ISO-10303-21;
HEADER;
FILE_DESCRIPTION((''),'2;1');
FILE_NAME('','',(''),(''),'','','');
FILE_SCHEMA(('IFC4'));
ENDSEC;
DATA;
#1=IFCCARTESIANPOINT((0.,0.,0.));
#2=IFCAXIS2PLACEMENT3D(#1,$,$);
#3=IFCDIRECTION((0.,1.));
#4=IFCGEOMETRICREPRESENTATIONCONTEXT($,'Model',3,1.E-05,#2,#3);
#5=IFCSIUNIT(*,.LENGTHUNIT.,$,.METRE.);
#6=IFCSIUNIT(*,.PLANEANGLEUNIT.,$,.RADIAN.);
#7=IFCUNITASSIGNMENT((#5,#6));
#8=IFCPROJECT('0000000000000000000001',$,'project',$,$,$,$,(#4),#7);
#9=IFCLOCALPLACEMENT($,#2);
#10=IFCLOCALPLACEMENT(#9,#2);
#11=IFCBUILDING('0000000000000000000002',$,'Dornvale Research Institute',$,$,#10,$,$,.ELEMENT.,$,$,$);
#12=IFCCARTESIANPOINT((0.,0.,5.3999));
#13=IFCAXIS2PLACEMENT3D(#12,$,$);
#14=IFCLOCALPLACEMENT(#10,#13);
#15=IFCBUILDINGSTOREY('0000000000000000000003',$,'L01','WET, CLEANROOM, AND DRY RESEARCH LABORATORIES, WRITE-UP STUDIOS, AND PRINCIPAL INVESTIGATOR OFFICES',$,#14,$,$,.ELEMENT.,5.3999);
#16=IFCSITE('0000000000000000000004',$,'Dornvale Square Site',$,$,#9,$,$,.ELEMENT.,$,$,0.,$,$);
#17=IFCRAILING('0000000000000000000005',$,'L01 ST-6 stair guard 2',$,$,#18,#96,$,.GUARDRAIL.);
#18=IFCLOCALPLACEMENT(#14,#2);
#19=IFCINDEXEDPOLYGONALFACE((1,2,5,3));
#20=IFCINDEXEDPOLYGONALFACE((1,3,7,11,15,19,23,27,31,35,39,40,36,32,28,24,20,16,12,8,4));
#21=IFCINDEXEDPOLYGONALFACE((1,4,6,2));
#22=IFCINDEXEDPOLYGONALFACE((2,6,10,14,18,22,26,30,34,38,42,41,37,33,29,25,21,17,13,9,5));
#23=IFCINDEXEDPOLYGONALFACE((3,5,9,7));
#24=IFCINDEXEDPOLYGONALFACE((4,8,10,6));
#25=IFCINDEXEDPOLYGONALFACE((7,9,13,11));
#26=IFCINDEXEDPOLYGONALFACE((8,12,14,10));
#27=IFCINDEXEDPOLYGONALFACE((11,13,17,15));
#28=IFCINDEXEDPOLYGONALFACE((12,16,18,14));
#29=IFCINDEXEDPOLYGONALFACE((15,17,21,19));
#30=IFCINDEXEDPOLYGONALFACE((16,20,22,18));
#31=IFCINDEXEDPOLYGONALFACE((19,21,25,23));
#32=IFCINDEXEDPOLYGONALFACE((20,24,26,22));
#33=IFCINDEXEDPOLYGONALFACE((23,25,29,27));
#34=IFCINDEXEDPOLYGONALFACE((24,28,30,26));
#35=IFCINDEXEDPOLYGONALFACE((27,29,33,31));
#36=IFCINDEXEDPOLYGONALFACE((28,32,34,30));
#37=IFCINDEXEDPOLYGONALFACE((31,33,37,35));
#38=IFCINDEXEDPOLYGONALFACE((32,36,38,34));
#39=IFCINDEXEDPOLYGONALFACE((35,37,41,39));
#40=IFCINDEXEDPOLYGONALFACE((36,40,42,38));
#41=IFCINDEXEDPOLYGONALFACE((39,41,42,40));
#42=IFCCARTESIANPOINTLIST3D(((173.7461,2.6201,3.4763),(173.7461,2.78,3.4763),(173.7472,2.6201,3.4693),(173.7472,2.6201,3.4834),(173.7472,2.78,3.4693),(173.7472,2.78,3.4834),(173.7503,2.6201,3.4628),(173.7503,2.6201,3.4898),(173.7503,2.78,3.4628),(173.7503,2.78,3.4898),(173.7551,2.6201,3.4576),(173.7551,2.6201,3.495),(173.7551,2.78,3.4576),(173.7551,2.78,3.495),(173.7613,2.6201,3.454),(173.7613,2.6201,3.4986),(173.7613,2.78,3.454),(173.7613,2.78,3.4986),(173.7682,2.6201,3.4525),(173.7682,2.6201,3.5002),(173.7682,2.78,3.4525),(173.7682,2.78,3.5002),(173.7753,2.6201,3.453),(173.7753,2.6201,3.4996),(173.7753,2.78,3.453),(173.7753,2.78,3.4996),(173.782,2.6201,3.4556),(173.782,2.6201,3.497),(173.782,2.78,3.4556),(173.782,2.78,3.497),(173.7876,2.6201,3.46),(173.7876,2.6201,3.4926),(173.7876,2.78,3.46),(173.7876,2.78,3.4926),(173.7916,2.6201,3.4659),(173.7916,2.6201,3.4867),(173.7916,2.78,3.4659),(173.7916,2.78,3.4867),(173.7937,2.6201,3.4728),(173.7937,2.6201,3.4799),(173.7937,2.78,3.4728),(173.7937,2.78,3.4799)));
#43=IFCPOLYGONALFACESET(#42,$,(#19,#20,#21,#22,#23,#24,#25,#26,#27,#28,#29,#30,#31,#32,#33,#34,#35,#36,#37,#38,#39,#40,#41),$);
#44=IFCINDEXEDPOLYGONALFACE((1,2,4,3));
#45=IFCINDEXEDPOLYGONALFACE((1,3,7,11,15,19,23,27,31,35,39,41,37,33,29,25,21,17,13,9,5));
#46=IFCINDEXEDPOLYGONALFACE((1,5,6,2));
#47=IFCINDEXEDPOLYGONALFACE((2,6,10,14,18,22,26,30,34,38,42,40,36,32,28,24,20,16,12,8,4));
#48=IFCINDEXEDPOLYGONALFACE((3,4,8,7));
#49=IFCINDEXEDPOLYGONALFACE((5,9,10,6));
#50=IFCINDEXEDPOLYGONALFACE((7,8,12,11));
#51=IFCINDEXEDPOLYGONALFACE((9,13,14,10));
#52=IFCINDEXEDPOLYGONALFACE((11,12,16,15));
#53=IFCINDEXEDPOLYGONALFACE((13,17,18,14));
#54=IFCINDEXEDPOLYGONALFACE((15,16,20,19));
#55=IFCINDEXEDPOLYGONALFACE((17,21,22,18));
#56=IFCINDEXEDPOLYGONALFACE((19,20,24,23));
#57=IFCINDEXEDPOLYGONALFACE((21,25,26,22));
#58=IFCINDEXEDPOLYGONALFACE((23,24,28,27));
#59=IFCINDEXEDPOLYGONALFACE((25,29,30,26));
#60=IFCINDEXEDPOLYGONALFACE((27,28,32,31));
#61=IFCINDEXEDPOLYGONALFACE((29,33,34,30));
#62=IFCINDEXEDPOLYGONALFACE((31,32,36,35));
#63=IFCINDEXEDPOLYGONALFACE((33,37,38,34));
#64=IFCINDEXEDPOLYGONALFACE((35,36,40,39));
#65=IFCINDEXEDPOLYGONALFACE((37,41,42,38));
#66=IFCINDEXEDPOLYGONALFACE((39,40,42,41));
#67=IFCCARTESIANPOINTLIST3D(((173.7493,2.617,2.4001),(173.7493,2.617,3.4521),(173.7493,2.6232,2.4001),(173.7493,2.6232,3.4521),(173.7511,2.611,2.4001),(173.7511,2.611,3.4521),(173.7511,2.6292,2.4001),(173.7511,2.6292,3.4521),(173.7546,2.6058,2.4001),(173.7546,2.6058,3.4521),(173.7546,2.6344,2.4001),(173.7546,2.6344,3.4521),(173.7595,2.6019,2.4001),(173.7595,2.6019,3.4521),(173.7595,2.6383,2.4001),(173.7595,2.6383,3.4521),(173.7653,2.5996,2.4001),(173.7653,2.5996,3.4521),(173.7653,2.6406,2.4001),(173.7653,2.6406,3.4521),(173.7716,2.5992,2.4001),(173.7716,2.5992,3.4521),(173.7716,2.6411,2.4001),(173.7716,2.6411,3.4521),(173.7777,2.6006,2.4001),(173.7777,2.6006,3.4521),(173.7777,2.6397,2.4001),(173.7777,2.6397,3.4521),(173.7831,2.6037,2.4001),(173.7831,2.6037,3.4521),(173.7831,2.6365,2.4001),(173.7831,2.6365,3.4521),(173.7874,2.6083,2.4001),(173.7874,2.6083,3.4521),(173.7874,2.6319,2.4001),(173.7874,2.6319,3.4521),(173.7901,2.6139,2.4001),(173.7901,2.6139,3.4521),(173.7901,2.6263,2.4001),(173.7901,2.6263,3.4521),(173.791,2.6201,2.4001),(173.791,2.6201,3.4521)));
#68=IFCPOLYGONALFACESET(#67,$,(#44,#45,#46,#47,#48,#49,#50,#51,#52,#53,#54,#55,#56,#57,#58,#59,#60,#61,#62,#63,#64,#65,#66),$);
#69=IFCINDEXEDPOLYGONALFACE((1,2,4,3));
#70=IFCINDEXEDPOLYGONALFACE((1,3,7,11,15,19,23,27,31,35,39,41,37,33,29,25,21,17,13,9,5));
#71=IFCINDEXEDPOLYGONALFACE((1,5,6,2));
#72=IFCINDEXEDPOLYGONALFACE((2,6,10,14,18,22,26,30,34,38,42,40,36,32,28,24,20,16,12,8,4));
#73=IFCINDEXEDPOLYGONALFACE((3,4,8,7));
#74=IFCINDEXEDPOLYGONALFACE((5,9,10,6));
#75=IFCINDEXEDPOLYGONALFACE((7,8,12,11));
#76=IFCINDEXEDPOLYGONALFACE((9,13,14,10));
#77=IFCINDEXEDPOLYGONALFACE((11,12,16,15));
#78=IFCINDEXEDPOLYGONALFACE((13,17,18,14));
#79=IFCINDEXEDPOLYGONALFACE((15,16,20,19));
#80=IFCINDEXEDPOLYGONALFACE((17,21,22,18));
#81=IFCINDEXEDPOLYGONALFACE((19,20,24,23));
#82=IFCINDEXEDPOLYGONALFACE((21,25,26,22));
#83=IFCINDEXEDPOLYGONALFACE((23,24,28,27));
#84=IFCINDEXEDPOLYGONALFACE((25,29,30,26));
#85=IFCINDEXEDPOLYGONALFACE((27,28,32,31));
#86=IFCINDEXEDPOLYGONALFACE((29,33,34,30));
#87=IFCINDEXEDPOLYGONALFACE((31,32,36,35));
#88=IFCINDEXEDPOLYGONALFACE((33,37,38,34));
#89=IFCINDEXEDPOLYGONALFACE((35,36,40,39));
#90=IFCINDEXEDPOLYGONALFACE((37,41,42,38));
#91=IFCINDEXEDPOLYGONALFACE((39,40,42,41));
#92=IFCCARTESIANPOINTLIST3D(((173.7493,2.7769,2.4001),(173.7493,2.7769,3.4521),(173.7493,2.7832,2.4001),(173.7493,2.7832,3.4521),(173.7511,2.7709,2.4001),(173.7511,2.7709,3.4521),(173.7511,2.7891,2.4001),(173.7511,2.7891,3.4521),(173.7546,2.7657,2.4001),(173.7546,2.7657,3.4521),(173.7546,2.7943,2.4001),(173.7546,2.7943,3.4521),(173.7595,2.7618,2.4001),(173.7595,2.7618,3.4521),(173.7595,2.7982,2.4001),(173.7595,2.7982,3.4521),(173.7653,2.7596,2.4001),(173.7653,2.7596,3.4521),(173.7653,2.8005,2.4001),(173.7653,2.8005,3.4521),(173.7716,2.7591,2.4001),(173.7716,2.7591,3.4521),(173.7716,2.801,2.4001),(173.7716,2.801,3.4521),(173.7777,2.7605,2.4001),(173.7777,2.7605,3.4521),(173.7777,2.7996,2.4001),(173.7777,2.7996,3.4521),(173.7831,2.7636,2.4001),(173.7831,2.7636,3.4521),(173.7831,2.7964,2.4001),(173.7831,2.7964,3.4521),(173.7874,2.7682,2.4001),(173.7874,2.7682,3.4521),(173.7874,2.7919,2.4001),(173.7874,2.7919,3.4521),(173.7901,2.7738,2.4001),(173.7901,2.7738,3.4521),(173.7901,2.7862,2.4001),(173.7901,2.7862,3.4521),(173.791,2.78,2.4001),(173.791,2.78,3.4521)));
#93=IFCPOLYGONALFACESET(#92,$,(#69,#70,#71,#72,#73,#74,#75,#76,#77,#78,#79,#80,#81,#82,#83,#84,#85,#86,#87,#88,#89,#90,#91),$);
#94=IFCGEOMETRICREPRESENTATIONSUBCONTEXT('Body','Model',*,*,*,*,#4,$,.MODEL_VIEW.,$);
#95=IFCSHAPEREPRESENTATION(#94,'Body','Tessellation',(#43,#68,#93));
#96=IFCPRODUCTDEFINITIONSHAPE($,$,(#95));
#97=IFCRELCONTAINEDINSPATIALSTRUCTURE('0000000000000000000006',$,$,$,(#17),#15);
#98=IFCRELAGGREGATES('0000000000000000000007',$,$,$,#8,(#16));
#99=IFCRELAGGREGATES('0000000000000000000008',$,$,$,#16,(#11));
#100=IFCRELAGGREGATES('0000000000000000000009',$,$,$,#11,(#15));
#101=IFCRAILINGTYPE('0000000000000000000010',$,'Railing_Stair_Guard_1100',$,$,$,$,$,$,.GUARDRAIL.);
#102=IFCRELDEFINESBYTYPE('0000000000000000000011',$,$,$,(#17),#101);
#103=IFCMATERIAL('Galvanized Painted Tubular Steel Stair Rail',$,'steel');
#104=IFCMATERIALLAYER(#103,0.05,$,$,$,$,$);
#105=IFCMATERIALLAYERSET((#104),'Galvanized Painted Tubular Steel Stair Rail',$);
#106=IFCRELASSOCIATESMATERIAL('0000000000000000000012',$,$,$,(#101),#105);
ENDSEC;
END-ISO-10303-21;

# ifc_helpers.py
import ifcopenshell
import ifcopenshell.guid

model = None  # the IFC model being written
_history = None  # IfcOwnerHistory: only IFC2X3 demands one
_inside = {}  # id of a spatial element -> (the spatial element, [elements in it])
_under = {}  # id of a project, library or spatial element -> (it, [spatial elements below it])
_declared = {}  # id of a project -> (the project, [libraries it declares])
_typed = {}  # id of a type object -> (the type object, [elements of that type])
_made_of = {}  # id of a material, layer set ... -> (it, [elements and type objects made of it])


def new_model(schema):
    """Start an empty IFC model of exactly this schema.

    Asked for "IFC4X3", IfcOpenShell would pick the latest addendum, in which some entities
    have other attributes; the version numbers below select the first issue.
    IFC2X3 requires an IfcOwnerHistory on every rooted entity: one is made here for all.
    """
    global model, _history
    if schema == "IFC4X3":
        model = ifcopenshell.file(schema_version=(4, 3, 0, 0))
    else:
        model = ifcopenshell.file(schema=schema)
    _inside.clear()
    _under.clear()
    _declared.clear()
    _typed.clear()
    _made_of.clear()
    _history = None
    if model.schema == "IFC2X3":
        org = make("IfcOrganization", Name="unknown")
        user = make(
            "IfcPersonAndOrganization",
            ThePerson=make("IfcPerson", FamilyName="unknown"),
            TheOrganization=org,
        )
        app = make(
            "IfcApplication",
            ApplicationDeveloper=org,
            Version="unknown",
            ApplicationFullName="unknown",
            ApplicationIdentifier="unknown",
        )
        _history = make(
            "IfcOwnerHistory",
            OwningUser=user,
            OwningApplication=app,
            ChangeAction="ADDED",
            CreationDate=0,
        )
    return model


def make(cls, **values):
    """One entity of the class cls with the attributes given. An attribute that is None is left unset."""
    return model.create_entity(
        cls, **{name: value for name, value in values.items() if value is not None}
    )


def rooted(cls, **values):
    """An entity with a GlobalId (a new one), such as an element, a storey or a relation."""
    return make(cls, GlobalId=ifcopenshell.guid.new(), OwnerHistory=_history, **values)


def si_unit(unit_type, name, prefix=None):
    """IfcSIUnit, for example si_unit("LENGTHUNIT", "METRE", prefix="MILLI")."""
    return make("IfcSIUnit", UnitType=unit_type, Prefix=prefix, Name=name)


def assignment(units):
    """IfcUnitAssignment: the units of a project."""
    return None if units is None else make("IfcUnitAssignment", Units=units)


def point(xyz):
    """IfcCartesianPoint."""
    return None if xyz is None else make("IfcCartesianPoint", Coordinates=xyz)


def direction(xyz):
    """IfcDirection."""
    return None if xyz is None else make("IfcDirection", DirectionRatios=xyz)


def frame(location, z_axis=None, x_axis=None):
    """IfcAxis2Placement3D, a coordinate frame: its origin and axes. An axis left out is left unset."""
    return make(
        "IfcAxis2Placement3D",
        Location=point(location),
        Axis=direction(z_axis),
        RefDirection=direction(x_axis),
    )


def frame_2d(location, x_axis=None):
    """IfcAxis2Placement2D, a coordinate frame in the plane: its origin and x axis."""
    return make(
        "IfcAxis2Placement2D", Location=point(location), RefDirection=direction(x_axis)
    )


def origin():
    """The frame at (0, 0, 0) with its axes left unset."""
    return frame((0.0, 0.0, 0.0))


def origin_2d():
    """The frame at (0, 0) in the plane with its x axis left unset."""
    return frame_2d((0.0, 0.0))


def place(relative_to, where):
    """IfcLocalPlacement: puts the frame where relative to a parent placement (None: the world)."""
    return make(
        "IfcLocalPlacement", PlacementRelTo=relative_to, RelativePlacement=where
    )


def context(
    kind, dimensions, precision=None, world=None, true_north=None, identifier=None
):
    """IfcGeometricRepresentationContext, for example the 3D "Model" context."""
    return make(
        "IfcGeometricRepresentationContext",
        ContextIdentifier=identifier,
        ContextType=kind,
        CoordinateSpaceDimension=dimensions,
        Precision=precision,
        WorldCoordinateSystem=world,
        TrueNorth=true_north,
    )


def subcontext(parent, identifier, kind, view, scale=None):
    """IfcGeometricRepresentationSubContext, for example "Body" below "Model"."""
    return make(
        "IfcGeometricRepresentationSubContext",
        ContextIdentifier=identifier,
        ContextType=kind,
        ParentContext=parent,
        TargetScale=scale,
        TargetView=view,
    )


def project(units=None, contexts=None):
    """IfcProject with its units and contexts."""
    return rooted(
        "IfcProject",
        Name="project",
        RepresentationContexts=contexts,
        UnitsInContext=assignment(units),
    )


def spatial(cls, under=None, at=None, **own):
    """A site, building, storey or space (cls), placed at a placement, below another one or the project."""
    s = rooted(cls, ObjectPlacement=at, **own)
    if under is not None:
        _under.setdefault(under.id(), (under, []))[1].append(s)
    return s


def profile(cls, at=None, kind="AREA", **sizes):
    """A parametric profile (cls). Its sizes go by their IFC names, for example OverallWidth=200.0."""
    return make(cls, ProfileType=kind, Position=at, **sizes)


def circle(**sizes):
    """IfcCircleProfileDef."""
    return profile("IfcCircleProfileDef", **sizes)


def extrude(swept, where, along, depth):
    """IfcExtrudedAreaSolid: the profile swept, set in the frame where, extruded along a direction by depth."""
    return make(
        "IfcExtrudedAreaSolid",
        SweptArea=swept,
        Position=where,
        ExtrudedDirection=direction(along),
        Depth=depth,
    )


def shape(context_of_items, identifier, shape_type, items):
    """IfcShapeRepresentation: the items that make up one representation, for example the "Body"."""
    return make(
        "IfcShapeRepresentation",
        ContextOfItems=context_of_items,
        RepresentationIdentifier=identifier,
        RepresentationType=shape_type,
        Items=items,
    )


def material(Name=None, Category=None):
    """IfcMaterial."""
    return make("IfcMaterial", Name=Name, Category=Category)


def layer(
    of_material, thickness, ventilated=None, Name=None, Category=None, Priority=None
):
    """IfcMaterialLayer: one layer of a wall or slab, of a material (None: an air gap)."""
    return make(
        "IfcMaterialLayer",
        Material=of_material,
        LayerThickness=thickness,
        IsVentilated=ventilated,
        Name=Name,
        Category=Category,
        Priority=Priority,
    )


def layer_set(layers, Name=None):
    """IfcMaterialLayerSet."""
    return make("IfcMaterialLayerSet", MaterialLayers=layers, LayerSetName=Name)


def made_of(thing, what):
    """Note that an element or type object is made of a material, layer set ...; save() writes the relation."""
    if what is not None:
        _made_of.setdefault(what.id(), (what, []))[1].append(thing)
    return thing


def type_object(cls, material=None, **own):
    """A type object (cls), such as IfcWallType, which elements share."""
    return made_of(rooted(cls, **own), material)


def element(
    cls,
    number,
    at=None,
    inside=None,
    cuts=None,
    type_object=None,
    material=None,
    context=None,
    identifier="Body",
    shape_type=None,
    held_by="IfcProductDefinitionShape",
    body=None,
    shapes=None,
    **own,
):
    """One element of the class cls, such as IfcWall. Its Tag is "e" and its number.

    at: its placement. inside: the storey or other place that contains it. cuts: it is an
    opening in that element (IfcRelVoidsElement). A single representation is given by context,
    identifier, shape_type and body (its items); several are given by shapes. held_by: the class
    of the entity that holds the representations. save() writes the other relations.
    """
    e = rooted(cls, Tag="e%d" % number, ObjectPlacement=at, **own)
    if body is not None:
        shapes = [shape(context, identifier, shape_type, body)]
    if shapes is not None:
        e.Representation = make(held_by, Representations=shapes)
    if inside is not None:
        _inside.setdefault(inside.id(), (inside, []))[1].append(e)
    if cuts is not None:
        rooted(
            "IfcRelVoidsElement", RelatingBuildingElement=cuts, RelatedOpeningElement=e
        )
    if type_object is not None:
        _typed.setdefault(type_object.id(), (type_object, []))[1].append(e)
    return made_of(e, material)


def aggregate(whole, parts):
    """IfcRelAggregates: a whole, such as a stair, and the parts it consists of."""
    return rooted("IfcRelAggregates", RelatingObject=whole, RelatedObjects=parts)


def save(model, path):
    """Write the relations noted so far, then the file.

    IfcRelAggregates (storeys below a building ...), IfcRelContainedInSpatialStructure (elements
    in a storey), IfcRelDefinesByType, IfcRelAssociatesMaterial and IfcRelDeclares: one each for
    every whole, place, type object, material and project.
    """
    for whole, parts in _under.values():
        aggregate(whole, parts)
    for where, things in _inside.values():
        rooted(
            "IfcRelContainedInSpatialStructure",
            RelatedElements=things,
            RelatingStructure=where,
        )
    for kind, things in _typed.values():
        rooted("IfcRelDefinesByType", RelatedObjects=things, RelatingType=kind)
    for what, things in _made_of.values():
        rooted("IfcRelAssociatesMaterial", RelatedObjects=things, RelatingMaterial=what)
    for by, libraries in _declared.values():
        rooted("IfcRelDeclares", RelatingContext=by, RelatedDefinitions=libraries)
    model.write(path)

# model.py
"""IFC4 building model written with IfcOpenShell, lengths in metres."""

from ifc_helpers import new_model, si_unit, direction, frame, origin, origin_2d, place, context, subcontext, project, spatial, circle, extrude, material, layer, layer_set, type_object, element, save


model = new_model("IFC4")

# Units and contexts
model_context = context("Model", 3, precision=1e-05, world=origin(), true_north=direction((0.0, 1.0)))
body_context = subcontext(model_context, "Body", "Model", "MODEL_VIEW")
ifc_project = project(units=[si_unit("LENGTHUNIT", "METRE"), si_unit("PLANEANGLEUNIT", "RADIAN")], contexts=[model_context])

# Site, building, storey
site_placement = place(None, origin())
site = spatial("IfcSite", under=ifc_project, at=site_placement, Name="Dornvale Square Site", CompositionType="ELEMENT", RefElevation=0.0)
building_placement = place(site_placement, origin())
building = spatial("IfcBuilding", under=site, at=building_placement, Name="Dornvale Research Institute", CompositionType="ELEMENT")
storey_placement = place(building_placement, frame((0.0, 0.0, 5.3999)))
storey = spatial("IfcBuildingStorey", under=building, at=storey_placement, Name="L01", Description="WET, CLEANROOM, AND DRY RESEARCH LABORATORIES, WRITE-UP STUDIOS, AND PRINCIPAL INVESTIGATOR OFFICES", CompositionType="ELEMENT", Elevation=5.3999)

# Railing
ifc_material_1 = material(Name="Galvanized Painted Tubular Steel Stair Rail", Category="steel")
ifc_layer_1 = layer(ifc_material_1, 0.05)
ifc_layer_set_1 = layer_set([ifc_layer_1], Name="Galvanized Painted Tubular Steel Stair Rail")
railing_type_1 = type_object("IfcRailingType", Name="Railing_Stair_Guard_1100", PredefinedType="GUARDRAIL", material=ifc_layer_set_1)
railing_1_placement = place(storey_placement, frame((173.77, 2.6201, 2.4001)))
element("IfcRailing", 1, at=railing_1_placement, inside=storey, type_object=railing_type_1, Name="L01 ST-6 stair guard 2", PredefinedType="GUARDRAIL", context=body_context, shape_type="SweptSolid", body=[
    extrude(circle(Radius=0.0239, at=origin_2d()), frame((0.0, 0.0, 1.0762), z_axis=(0.0, 1.0, 0.0), x_axis=(-1.0, 0.0, 0.0)), (0.0, 0.0, 1.0), 0.1599),
    extrude(circle(Radius=0.021, at=origin_2d()), origin(), (0.0, 0.0, 1.0), 1.052),
    extrude(circle(Radius=0.021, at=origin_2d()), frame((0.0, 0.1599, 0.0)), (0.0, 0.0, 1.0), 1.052),
])

save(model, "model.ifc")
